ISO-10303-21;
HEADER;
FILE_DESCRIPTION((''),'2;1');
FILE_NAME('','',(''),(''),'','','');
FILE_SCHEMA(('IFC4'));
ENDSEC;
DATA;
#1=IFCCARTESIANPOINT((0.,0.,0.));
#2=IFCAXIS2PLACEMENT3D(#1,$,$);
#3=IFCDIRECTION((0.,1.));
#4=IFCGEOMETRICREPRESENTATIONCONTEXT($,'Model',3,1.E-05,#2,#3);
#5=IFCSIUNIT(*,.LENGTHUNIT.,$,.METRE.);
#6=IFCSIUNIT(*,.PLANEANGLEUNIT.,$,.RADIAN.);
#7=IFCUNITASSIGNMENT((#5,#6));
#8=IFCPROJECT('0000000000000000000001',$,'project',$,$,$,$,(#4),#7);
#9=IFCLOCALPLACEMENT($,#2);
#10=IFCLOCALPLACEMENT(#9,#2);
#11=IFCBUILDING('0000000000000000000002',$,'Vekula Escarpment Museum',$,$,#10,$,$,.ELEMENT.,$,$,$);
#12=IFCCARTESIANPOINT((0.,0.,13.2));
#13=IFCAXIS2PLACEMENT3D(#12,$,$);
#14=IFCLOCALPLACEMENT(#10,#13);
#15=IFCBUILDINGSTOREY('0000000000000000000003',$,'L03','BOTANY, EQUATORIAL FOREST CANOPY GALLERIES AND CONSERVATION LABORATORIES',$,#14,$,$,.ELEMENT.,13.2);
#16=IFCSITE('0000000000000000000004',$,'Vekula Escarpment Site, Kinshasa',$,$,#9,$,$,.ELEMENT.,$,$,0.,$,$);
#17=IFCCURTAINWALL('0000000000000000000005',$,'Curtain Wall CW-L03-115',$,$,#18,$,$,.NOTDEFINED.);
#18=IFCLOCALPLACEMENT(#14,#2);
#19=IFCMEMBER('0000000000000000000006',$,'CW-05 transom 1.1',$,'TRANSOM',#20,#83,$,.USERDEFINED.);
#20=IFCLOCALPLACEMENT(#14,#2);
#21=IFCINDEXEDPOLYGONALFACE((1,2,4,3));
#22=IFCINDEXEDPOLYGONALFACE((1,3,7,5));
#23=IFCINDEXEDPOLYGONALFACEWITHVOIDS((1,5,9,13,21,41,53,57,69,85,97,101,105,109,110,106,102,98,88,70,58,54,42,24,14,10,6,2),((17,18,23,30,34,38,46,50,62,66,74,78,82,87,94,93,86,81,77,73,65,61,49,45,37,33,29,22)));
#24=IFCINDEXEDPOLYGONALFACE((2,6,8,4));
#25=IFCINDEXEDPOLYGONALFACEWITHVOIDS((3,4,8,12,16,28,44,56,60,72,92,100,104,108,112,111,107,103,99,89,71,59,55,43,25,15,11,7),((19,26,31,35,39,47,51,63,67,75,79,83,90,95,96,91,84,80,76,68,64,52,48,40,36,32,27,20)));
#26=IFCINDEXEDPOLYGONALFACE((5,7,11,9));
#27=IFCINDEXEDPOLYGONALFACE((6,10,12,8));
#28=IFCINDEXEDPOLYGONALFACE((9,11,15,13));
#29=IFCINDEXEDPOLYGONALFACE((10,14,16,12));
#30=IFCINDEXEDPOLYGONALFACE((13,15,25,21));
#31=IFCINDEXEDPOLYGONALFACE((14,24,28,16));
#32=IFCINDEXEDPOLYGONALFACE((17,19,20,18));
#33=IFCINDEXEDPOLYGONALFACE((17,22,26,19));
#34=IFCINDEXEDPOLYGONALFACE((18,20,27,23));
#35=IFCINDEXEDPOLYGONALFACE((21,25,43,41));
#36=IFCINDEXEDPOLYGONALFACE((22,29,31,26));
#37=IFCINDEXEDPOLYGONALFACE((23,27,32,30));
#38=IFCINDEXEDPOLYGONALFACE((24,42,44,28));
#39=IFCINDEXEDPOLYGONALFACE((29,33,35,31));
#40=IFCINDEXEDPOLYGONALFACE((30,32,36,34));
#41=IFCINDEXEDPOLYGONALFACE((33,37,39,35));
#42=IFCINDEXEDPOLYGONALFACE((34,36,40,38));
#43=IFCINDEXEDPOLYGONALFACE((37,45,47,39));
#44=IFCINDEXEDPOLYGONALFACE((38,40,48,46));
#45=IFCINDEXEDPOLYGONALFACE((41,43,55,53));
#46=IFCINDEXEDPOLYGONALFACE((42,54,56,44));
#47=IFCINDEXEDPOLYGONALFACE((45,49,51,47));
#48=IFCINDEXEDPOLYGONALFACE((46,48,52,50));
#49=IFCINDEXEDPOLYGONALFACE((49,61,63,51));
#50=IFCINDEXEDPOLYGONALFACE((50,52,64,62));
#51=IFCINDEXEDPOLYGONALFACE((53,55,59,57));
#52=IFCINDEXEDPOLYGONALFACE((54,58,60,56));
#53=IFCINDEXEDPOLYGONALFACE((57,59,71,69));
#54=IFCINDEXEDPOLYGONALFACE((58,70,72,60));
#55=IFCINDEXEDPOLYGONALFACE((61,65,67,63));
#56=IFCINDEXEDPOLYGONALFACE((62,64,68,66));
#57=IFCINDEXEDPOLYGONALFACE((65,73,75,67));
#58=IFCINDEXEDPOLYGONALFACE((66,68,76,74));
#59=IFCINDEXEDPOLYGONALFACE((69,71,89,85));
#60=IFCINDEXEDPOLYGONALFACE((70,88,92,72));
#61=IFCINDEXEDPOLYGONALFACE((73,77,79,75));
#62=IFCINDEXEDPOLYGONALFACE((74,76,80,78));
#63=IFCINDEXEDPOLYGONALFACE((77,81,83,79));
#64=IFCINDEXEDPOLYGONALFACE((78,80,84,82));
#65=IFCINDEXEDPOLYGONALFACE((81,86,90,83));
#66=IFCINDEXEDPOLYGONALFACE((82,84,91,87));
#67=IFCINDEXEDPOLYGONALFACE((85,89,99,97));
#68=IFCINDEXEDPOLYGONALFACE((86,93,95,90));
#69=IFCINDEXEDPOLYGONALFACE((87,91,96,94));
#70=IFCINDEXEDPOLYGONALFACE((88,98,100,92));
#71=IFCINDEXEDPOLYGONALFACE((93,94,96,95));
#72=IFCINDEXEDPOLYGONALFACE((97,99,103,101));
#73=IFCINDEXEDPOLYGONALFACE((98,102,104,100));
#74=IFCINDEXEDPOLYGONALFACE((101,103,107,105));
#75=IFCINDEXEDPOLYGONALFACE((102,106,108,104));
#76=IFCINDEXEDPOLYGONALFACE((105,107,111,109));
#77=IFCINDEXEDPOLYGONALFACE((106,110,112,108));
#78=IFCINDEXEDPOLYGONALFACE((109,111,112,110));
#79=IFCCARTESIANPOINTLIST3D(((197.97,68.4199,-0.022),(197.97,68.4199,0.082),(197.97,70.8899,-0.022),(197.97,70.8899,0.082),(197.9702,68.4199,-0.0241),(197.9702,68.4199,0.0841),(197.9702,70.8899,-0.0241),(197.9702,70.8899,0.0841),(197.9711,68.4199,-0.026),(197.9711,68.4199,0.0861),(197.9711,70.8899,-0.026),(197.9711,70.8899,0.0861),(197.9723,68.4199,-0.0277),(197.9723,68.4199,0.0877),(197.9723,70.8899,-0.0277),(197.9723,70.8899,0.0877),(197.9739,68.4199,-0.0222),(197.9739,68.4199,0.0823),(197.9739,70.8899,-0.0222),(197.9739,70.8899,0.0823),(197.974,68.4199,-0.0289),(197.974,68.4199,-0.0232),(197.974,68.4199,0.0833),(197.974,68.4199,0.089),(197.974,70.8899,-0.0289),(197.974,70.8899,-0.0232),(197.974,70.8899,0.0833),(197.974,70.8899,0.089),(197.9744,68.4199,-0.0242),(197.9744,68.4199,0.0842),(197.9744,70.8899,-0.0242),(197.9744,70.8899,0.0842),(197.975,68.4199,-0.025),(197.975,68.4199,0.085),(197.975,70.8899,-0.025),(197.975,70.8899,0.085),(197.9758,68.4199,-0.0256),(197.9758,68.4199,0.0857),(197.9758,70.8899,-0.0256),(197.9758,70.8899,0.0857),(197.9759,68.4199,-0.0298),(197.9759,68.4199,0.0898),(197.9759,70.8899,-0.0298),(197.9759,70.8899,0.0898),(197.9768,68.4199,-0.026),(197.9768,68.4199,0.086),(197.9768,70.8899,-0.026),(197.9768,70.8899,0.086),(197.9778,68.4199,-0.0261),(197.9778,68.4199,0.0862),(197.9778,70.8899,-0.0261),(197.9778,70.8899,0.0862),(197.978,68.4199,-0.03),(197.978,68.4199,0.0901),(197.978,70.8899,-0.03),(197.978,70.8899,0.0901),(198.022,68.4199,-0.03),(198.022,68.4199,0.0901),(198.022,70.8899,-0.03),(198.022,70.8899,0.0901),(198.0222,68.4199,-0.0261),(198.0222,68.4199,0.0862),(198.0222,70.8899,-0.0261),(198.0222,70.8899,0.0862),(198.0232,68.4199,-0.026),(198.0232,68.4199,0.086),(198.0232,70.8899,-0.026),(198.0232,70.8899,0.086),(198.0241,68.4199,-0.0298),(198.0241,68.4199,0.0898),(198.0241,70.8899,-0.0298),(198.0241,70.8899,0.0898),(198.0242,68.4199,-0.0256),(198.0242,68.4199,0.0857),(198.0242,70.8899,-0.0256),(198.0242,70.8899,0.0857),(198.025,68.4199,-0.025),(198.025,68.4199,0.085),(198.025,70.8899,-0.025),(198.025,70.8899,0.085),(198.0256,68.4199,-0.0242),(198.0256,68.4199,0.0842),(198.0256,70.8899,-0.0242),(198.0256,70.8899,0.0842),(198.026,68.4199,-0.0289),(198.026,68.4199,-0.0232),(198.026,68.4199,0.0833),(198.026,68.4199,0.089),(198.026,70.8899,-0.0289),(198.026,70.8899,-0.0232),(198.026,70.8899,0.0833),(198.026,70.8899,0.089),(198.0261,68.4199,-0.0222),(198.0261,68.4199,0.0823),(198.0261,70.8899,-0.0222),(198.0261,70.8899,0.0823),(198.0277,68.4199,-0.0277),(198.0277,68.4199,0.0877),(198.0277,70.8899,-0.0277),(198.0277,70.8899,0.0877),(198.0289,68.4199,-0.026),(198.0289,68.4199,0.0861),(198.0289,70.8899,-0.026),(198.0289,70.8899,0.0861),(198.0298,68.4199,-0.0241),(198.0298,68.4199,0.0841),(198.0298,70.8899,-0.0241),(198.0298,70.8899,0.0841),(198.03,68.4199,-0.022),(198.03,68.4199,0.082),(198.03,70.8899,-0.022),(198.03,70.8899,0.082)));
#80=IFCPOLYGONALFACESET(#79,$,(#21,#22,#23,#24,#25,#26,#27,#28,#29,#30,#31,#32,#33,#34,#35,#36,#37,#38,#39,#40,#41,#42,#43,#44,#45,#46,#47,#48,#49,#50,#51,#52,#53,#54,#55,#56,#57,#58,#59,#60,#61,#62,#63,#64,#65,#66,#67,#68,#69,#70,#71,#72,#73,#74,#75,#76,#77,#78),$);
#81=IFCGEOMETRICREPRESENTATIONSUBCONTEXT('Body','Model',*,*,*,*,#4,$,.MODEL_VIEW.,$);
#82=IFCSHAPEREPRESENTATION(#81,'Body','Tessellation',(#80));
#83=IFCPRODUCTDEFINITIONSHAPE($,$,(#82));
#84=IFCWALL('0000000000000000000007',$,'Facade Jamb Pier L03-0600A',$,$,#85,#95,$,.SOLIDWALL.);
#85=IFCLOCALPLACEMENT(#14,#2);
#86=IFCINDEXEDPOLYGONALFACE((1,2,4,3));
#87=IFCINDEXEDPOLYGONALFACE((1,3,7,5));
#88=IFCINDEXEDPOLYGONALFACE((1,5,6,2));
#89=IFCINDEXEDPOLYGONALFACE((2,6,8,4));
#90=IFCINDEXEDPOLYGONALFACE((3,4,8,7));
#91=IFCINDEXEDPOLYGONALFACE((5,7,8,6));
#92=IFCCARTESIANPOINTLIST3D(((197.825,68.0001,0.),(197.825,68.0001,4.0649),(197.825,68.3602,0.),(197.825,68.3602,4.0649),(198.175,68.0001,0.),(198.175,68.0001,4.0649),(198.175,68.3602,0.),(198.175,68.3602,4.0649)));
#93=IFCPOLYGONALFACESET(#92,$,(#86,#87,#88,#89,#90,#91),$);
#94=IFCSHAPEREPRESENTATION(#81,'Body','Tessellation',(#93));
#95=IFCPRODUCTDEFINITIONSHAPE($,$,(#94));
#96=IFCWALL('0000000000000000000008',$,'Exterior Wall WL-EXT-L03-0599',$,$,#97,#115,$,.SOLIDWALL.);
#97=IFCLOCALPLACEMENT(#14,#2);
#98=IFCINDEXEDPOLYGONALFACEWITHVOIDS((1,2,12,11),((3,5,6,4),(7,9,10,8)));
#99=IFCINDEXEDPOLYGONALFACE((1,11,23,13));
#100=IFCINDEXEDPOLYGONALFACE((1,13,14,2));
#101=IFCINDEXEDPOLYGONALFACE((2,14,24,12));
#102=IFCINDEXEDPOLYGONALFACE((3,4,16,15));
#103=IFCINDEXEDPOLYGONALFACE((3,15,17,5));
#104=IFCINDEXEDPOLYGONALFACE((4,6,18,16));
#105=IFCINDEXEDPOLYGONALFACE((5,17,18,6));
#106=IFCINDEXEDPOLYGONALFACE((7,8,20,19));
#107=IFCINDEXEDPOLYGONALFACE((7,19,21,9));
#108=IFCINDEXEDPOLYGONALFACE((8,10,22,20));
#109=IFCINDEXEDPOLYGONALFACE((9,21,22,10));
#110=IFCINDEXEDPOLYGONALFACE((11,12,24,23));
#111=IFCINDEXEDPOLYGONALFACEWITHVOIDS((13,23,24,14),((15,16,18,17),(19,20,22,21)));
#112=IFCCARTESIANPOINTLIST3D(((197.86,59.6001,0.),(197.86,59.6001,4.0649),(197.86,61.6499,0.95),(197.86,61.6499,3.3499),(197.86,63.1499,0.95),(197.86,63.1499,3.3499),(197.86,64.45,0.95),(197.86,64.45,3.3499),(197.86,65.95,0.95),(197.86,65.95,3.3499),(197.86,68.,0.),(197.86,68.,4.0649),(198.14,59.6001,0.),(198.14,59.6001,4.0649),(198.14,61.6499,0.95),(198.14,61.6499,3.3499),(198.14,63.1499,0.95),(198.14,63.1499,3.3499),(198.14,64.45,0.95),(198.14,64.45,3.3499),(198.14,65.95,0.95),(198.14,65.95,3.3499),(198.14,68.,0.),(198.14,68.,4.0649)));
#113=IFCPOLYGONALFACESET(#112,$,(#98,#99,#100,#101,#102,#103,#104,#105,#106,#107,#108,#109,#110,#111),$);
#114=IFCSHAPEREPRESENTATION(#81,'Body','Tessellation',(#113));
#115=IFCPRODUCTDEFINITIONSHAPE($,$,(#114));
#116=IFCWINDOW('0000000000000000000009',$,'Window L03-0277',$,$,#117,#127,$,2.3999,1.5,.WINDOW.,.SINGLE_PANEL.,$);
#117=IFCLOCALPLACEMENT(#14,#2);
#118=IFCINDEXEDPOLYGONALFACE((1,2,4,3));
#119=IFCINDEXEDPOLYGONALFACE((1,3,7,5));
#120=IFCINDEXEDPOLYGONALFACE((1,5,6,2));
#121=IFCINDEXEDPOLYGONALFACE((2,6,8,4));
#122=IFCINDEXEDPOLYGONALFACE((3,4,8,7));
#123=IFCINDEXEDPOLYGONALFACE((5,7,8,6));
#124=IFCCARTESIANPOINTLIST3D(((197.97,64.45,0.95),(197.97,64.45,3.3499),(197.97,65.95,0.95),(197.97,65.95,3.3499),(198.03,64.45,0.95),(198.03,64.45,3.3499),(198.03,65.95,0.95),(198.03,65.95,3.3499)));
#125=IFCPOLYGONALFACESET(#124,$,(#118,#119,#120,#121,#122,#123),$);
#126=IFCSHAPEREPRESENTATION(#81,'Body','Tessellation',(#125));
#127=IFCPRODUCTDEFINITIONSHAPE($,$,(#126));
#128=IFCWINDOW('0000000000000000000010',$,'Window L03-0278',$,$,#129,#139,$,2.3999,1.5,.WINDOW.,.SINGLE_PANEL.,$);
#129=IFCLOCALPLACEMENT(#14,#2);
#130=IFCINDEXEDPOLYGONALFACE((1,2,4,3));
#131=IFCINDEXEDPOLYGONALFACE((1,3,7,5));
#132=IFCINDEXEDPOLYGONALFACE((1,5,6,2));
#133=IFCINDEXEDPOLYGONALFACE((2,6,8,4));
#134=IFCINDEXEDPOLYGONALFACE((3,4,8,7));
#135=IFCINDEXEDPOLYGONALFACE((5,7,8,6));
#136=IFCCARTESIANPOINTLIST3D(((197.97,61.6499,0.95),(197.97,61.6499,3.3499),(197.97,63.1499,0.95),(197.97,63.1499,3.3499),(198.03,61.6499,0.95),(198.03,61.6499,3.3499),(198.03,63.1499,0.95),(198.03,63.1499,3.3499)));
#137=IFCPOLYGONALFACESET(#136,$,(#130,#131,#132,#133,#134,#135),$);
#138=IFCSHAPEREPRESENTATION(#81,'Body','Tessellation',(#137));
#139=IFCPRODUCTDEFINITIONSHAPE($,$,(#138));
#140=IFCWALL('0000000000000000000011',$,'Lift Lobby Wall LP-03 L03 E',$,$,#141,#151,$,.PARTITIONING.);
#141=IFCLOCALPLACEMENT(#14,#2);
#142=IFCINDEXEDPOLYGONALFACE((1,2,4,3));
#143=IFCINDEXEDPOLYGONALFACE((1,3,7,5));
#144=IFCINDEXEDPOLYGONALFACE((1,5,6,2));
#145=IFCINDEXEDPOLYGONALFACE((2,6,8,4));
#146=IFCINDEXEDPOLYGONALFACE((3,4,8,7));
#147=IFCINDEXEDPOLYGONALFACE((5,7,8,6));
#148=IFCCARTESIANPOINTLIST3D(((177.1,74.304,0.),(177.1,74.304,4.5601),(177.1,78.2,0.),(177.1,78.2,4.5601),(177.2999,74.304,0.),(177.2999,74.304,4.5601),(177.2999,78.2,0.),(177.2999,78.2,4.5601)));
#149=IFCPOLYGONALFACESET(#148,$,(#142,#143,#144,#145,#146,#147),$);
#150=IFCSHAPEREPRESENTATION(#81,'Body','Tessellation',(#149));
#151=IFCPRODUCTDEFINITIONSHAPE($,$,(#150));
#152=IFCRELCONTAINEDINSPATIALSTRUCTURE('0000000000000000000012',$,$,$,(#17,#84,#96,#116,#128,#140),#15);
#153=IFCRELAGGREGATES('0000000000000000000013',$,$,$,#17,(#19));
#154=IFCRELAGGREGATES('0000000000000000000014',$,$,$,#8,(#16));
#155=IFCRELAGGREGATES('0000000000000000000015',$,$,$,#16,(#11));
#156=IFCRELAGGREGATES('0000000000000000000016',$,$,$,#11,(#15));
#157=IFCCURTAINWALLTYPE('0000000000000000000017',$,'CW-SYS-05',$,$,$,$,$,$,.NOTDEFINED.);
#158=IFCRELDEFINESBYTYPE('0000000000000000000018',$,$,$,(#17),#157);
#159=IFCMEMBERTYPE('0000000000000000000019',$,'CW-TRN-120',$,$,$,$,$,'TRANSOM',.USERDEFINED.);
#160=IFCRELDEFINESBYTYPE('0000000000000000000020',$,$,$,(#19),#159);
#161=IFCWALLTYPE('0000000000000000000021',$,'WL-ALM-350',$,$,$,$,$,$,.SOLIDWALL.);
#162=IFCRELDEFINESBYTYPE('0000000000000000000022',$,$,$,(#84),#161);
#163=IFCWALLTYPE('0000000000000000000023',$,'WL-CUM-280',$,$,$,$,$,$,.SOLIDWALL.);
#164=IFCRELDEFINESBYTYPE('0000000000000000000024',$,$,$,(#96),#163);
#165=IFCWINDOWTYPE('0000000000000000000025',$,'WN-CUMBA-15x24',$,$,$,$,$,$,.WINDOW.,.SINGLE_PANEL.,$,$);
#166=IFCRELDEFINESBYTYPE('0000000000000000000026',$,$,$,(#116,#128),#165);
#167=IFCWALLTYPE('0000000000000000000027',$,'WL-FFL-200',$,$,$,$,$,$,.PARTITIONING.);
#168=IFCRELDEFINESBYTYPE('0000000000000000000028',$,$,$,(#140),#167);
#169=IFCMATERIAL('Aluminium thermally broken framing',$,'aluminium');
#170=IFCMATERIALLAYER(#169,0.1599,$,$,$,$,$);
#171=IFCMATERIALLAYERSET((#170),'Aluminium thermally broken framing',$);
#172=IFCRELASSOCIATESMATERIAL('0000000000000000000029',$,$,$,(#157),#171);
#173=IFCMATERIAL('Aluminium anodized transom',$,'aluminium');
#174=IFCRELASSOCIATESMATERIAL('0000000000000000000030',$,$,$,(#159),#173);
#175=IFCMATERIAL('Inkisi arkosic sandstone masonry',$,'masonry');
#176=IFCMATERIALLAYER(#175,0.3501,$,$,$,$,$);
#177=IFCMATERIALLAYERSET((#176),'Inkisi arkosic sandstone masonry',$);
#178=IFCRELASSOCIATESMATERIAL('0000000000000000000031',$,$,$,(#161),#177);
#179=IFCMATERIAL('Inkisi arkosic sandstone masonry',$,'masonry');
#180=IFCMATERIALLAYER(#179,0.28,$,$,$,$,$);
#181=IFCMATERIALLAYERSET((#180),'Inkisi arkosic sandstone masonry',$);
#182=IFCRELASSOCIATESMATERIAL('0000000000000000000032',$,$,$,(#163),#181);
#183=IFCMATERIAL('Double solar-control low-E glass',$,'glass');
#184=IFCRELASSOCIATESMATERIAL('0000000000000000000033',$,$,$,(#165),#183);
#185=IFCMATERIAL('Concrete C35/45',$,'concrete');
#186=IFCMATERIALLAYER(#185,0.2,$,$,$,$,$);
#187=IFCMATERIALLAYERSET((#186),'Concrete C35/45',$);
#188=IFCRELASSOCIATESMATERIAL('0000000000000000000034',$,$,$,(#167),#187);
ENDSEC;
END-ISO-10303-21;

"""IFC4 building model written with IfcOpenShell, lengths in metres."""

from ifc_helpers import new_model, si_unit, direction, frame, frame_2d, origin, origin_2d, place, context, subcontext, project, spatial, rectangle, hollow_rectangle, extrude, material, layer, layer_set, material_profile, profile_set, type_object, element, fill, aggregate, save


model = new_model("IFC4")

# Units and contexts
model_context = context("Model", 3, precision=1e-05, world=origin(), true_north=direction((0.0, 1.0)))
body_context = subcontext(model_context, "Body", "Model", "MODEL_VIEW")
ifc_project = project(units=[si_unit("LENGTHUNIT", "METRE"), si_unit("PLANEANGLEUNIT", "RADIAN")], contexts=[model_context])

# Site, building, storey
site_placement = place(None, origin())
site = spatial("IfcSite", under=ifc_project, at=site_placement, Name="Vekula Escarpment Site, Kinshasa", CompositionType="ELEMENT", RefElevation=0.0)
building_placement = place(site_placement, origin())
building = spatial("IfcBuilding", under=site, at=building_placement, Name="Vekula Escarpment Museum", CompositionType="ELEMENT")
storey_placement = place(building_placement, frame((0.0, 0.0, 13.2)))
storey = spatial("IfcBuildingStorey", under=building, at=storey_placement, Name="L03", Description="BOTANY, EQUATORIAL FOREST CANOPY GALLERIES AND CONSERVATION LABORATORIES", CompositionType="ELEMENT", Elevation=13.2)

# Curtain wall, member
ifc_material_1 = material(Name="Aluminium thermally broken framing", Category="aluminium")
ifc_layer_1 = layer(ifc_material_1, 0.1599)
ifc_layer_set_1 = layer_set([ifc_layer_1], Name="Aluminium thermally broken framing")
curtain_wall_type = type_object("IfcCurtainWallType", Name="CW-SYS-05", PredefinedType="NOTDEFINED", material=ifc_layer_set_1)
curtain_wall_placement = place(storey_placement, origin())
curtain_wall = element("IfcCurtainWall", 1, at=curtain_wall_placement, inside=storey, type_object=curtain_wall_type, Name="Curtain Wall CW-L03-115", PredefinedType="NOTDEFINED")
ifc_material_2 = material(Name="Aluminium anodized transom", Category="aluminium")
ifc_material_profile_1 = material_profile(ifc_material_2, hollow_rectangle(XDim=0.0601, YDim=0.1201, WallThickness=0.0039, InnerFilletRadius=0.0039, OuterFilletRadius=0.0081, at=origin_2d()), Name="ALU 120x60x4")
ifc_profile_set_1 = profile_set([ifc_material_profile_1], Name="Aluminium anodized transom")
member_type_1 = type_object("IfcMemberType", Name="CW-TRN-120", ElementType="TRANSOM", PredefinedType="USERDEFINED", material=ifc_profile_set_1)
member_1_placement = place(storey_placement, frame((198.0, 68.4199, 0.03), z_axis=(0.0, 1.0, 0.0), x_axis=(-1.0, 0.0, 0.0)))
member_1 = element("IfcMember", 2, at=member_1_placement, type_object=member_type_1, Name="CW-05 transom 1.1", ObjectType="TRANSOM", PredefinedType="USERDEFINED", context=body_context, shape_type="SweptSolid", body=[
    extrude(hollow_rectangle(XDim=0.0601, YDim=0.1201, WallThickness=0.0039, InnerFilletRadius=0.0039, OuterFilletRadius=0.0081, at=origin_2d()), origin(), (0.0, 0.0, 1.0), 2.47),
])
aggregate(curtain_wall, [member_1])

# Wall
ifc_material_3 = material(Name="Inkisi arkosic sandstone masonry", Category="masonry")
ifc_layer_2 = layer(ifc_material_3, 0.3501)
ifc_layer_set_2 = layer_set([ifc_layer_2], Name="Inkisi arkosic sandstone masonry")
wall_type_1 = type_object("IfcWallType", Name="WL-ALM-350", PredefinedType="SOLIDWALL", material=ifc_layer_set_2)
wall_1_placement = place(storey_placement, frame((198.0, 68.0, 0.0), z_axis=(0.0, 0.0, 1.0), x_axis=(0.0, 1.0, 0.0)))
element("IfcWall", 3, at=wall_1_placement, inside=storey, type_object=wall_type_1, Name="Facade Jamb Pier L03-0600A", PredefinedType="SOLIDWALL", context=body_context, shape_type="SweptSolid", body=[
    extrude(rectangle(XDim=0.3601, YDim=0.3501, at=frame_2d((0.1802, 0.0))), origin(), (0.0, 0.0, 1.0), 4.0649),
])

# Wall, openings, windows
ifc_material_4 = material(Name="Inkisi arkosic sandstone masonry", Category="masonry")
ifc_layer_3 = layer(ifc_material_4, 0.28)
ifc_layer_set_3 = layer_set([ifc_layer_3], Name="Inkisi arkosic sandstone masonry")
wall_type_2 = type_object("IfcWallType", Name="WL-CUM-280", PredefinedType="SOLIDWALL", material=ifc_layer_set_3)
wall_2_placement = place(storey_placement, frame((198.0, 68.0, 0.0), z_axis=(0.0, 0.0, 1.0), x_axis=(0.0, -1.0, 0.0)))
wall_2 = element("IfcWall", 4, at=wall_2_placement, inside=storey, type_object=wall_type_2, Name="Exterior Wall WL-EXT-L03-0599", PredefinedType="SOLIDWALL", context=body_context, shape_type="SweptSolid", body=[
    extrude(rectangle(XDim=8.3999, YDim=0.28, at=frame_2d((4.2, 0.0))), origin(), (0.0, 0.0, 1.0), 4.0649),
])
opening_1_placement = place(wall_2_placement, frame((2.05, 0.0, 0.95)))
opening_1 = element("IfcOpeningElement", 5, at=opening_1_placement, cuts=wall_2, PredefinedType="OPENING", context=body_context, shape_type="SweptSolid", body=[
    extrude(rectangle(XDim=1.5, YDim=2.3999, at=frame_2d((0.75, 1.2))), frame((0.0, 0.1499, 0.0), z_axis=(0.0, -1.0, 0.0), x_axis=(1.0, 0.0, 0.0)), (0.0, 0.0, 1.0), 0.3),
])
opening_2_placement = place(wall_2_placement, frame((4.8501, 0.0, 0.95)))
opening_2 = element("IfcOpeningElement", 6, at=opening_2_placement, cuts=wall_2, PredefinedType="OPENING", context=body_context, shape_type="SweptSolid", body=[
    extrude(rectangle(XDim=1.5, YDim=2.3999, at=frame_2d((0.75, 1.2))), frame((0.0, 0.1499, 0.0), z_axis=(0.0, -1.0, 0.0), x_axis=(1.0, 0.0, 0.0)), (0.0, 0.0, 1.0), 0.3),
])
ifc_material_5 = material(Name="Double solar-control low-E glass", Category="glass")
window_type = type_object("IfcWindowType", Name="WN-CUMBA-15x24", PartitioningType="SINGLE_PANEL", PredefinedType="WINDOW", material=ifc_material_5)
window_1_placement = place(opening_1_placement, origin())
window_1 = element("IfcWindow", 7, at=window_1_placement, inside=storey, type_object=window_type, Name="Window L03-0277", OverallHeight=2.3999, OverallWidth=1.5, PartitioningType="SINGLE_PANEL", PredefinedType="WINDOW", context=body_context, shape_type="SweptSolid", body=[
    extrude(rectangle(XDim=1.5, YDim=2.3999, at=frame_2d((0.75, 1.2))), frame((0.0, 0.03, 0.0), z_axis=(0.0, -1.0, 0.0), x_axis=(1.0, 0.0, 0.0)), (0.0, 0.0, 1.0), 0.0601),
])
fill(opening_1, window_1)
window_2_placement = place(opening_2_placement, origin())
window_2 = element("IfcWindow", 8, at=window_2_placement, inside=storey, type_object=window_type, Name="Window L03-0278", OverallHeight=2.3999, OverallWidth=1.5, PartitioningType="SINGLE_PANEL", PredefinedType="WINDOW", context=body_context, shape_type="SweptSolid", body=[
    extrude(rectangle(XDim=1.5, YDim=2.3999, at=frame_2d((0.75, 1.2))), frame((0.0, 0.03, 0.0), z_axis=(0.0, -1.0, 0.0), x_axis=(1.0, 0.0, 0.0)), (0.0, 0.0, 1.0), 0.0601),
])
fill(opening_2, window_2)

# Wall
ifc_material_6 = material(Name="Concrete C35/45", Category="concrete")
ifc_layer_4 = layer(ifc_material_6, 0.2)
ifc_layer_set_4 = layer_set([ifc_layer_4], Name="Concrete C35/45")
wall_type_3 = type_object("IfcWallType", Name="WL-FFL-200", PredefinedType="PARTITIONING", material=ifc_layer_set_4)
wall_3_placement = place(storey_placement, frame((177.2, 74.304, 0.0), z_axis=(0.0, 0.0, 1.0), x_axis=(0.0, 1.0, 0.0)))
element("IfcWall", 9, at=wall_3_placement, inside=storey, type_object=wall_type_3, Name="Lift Lobby Wall LP-03 L03 E", PredefinedType="PARTITIONING", context=body_context, shape_type="SweptSolid", body=[
    extrude(rectangle(XDim=3.896, YDim=0.2, at=frame_2d((1.948, 0.0))), origin(), (0.0, 0.0, 1.0), 4.5601),
])

save(model, "model.ifc")
